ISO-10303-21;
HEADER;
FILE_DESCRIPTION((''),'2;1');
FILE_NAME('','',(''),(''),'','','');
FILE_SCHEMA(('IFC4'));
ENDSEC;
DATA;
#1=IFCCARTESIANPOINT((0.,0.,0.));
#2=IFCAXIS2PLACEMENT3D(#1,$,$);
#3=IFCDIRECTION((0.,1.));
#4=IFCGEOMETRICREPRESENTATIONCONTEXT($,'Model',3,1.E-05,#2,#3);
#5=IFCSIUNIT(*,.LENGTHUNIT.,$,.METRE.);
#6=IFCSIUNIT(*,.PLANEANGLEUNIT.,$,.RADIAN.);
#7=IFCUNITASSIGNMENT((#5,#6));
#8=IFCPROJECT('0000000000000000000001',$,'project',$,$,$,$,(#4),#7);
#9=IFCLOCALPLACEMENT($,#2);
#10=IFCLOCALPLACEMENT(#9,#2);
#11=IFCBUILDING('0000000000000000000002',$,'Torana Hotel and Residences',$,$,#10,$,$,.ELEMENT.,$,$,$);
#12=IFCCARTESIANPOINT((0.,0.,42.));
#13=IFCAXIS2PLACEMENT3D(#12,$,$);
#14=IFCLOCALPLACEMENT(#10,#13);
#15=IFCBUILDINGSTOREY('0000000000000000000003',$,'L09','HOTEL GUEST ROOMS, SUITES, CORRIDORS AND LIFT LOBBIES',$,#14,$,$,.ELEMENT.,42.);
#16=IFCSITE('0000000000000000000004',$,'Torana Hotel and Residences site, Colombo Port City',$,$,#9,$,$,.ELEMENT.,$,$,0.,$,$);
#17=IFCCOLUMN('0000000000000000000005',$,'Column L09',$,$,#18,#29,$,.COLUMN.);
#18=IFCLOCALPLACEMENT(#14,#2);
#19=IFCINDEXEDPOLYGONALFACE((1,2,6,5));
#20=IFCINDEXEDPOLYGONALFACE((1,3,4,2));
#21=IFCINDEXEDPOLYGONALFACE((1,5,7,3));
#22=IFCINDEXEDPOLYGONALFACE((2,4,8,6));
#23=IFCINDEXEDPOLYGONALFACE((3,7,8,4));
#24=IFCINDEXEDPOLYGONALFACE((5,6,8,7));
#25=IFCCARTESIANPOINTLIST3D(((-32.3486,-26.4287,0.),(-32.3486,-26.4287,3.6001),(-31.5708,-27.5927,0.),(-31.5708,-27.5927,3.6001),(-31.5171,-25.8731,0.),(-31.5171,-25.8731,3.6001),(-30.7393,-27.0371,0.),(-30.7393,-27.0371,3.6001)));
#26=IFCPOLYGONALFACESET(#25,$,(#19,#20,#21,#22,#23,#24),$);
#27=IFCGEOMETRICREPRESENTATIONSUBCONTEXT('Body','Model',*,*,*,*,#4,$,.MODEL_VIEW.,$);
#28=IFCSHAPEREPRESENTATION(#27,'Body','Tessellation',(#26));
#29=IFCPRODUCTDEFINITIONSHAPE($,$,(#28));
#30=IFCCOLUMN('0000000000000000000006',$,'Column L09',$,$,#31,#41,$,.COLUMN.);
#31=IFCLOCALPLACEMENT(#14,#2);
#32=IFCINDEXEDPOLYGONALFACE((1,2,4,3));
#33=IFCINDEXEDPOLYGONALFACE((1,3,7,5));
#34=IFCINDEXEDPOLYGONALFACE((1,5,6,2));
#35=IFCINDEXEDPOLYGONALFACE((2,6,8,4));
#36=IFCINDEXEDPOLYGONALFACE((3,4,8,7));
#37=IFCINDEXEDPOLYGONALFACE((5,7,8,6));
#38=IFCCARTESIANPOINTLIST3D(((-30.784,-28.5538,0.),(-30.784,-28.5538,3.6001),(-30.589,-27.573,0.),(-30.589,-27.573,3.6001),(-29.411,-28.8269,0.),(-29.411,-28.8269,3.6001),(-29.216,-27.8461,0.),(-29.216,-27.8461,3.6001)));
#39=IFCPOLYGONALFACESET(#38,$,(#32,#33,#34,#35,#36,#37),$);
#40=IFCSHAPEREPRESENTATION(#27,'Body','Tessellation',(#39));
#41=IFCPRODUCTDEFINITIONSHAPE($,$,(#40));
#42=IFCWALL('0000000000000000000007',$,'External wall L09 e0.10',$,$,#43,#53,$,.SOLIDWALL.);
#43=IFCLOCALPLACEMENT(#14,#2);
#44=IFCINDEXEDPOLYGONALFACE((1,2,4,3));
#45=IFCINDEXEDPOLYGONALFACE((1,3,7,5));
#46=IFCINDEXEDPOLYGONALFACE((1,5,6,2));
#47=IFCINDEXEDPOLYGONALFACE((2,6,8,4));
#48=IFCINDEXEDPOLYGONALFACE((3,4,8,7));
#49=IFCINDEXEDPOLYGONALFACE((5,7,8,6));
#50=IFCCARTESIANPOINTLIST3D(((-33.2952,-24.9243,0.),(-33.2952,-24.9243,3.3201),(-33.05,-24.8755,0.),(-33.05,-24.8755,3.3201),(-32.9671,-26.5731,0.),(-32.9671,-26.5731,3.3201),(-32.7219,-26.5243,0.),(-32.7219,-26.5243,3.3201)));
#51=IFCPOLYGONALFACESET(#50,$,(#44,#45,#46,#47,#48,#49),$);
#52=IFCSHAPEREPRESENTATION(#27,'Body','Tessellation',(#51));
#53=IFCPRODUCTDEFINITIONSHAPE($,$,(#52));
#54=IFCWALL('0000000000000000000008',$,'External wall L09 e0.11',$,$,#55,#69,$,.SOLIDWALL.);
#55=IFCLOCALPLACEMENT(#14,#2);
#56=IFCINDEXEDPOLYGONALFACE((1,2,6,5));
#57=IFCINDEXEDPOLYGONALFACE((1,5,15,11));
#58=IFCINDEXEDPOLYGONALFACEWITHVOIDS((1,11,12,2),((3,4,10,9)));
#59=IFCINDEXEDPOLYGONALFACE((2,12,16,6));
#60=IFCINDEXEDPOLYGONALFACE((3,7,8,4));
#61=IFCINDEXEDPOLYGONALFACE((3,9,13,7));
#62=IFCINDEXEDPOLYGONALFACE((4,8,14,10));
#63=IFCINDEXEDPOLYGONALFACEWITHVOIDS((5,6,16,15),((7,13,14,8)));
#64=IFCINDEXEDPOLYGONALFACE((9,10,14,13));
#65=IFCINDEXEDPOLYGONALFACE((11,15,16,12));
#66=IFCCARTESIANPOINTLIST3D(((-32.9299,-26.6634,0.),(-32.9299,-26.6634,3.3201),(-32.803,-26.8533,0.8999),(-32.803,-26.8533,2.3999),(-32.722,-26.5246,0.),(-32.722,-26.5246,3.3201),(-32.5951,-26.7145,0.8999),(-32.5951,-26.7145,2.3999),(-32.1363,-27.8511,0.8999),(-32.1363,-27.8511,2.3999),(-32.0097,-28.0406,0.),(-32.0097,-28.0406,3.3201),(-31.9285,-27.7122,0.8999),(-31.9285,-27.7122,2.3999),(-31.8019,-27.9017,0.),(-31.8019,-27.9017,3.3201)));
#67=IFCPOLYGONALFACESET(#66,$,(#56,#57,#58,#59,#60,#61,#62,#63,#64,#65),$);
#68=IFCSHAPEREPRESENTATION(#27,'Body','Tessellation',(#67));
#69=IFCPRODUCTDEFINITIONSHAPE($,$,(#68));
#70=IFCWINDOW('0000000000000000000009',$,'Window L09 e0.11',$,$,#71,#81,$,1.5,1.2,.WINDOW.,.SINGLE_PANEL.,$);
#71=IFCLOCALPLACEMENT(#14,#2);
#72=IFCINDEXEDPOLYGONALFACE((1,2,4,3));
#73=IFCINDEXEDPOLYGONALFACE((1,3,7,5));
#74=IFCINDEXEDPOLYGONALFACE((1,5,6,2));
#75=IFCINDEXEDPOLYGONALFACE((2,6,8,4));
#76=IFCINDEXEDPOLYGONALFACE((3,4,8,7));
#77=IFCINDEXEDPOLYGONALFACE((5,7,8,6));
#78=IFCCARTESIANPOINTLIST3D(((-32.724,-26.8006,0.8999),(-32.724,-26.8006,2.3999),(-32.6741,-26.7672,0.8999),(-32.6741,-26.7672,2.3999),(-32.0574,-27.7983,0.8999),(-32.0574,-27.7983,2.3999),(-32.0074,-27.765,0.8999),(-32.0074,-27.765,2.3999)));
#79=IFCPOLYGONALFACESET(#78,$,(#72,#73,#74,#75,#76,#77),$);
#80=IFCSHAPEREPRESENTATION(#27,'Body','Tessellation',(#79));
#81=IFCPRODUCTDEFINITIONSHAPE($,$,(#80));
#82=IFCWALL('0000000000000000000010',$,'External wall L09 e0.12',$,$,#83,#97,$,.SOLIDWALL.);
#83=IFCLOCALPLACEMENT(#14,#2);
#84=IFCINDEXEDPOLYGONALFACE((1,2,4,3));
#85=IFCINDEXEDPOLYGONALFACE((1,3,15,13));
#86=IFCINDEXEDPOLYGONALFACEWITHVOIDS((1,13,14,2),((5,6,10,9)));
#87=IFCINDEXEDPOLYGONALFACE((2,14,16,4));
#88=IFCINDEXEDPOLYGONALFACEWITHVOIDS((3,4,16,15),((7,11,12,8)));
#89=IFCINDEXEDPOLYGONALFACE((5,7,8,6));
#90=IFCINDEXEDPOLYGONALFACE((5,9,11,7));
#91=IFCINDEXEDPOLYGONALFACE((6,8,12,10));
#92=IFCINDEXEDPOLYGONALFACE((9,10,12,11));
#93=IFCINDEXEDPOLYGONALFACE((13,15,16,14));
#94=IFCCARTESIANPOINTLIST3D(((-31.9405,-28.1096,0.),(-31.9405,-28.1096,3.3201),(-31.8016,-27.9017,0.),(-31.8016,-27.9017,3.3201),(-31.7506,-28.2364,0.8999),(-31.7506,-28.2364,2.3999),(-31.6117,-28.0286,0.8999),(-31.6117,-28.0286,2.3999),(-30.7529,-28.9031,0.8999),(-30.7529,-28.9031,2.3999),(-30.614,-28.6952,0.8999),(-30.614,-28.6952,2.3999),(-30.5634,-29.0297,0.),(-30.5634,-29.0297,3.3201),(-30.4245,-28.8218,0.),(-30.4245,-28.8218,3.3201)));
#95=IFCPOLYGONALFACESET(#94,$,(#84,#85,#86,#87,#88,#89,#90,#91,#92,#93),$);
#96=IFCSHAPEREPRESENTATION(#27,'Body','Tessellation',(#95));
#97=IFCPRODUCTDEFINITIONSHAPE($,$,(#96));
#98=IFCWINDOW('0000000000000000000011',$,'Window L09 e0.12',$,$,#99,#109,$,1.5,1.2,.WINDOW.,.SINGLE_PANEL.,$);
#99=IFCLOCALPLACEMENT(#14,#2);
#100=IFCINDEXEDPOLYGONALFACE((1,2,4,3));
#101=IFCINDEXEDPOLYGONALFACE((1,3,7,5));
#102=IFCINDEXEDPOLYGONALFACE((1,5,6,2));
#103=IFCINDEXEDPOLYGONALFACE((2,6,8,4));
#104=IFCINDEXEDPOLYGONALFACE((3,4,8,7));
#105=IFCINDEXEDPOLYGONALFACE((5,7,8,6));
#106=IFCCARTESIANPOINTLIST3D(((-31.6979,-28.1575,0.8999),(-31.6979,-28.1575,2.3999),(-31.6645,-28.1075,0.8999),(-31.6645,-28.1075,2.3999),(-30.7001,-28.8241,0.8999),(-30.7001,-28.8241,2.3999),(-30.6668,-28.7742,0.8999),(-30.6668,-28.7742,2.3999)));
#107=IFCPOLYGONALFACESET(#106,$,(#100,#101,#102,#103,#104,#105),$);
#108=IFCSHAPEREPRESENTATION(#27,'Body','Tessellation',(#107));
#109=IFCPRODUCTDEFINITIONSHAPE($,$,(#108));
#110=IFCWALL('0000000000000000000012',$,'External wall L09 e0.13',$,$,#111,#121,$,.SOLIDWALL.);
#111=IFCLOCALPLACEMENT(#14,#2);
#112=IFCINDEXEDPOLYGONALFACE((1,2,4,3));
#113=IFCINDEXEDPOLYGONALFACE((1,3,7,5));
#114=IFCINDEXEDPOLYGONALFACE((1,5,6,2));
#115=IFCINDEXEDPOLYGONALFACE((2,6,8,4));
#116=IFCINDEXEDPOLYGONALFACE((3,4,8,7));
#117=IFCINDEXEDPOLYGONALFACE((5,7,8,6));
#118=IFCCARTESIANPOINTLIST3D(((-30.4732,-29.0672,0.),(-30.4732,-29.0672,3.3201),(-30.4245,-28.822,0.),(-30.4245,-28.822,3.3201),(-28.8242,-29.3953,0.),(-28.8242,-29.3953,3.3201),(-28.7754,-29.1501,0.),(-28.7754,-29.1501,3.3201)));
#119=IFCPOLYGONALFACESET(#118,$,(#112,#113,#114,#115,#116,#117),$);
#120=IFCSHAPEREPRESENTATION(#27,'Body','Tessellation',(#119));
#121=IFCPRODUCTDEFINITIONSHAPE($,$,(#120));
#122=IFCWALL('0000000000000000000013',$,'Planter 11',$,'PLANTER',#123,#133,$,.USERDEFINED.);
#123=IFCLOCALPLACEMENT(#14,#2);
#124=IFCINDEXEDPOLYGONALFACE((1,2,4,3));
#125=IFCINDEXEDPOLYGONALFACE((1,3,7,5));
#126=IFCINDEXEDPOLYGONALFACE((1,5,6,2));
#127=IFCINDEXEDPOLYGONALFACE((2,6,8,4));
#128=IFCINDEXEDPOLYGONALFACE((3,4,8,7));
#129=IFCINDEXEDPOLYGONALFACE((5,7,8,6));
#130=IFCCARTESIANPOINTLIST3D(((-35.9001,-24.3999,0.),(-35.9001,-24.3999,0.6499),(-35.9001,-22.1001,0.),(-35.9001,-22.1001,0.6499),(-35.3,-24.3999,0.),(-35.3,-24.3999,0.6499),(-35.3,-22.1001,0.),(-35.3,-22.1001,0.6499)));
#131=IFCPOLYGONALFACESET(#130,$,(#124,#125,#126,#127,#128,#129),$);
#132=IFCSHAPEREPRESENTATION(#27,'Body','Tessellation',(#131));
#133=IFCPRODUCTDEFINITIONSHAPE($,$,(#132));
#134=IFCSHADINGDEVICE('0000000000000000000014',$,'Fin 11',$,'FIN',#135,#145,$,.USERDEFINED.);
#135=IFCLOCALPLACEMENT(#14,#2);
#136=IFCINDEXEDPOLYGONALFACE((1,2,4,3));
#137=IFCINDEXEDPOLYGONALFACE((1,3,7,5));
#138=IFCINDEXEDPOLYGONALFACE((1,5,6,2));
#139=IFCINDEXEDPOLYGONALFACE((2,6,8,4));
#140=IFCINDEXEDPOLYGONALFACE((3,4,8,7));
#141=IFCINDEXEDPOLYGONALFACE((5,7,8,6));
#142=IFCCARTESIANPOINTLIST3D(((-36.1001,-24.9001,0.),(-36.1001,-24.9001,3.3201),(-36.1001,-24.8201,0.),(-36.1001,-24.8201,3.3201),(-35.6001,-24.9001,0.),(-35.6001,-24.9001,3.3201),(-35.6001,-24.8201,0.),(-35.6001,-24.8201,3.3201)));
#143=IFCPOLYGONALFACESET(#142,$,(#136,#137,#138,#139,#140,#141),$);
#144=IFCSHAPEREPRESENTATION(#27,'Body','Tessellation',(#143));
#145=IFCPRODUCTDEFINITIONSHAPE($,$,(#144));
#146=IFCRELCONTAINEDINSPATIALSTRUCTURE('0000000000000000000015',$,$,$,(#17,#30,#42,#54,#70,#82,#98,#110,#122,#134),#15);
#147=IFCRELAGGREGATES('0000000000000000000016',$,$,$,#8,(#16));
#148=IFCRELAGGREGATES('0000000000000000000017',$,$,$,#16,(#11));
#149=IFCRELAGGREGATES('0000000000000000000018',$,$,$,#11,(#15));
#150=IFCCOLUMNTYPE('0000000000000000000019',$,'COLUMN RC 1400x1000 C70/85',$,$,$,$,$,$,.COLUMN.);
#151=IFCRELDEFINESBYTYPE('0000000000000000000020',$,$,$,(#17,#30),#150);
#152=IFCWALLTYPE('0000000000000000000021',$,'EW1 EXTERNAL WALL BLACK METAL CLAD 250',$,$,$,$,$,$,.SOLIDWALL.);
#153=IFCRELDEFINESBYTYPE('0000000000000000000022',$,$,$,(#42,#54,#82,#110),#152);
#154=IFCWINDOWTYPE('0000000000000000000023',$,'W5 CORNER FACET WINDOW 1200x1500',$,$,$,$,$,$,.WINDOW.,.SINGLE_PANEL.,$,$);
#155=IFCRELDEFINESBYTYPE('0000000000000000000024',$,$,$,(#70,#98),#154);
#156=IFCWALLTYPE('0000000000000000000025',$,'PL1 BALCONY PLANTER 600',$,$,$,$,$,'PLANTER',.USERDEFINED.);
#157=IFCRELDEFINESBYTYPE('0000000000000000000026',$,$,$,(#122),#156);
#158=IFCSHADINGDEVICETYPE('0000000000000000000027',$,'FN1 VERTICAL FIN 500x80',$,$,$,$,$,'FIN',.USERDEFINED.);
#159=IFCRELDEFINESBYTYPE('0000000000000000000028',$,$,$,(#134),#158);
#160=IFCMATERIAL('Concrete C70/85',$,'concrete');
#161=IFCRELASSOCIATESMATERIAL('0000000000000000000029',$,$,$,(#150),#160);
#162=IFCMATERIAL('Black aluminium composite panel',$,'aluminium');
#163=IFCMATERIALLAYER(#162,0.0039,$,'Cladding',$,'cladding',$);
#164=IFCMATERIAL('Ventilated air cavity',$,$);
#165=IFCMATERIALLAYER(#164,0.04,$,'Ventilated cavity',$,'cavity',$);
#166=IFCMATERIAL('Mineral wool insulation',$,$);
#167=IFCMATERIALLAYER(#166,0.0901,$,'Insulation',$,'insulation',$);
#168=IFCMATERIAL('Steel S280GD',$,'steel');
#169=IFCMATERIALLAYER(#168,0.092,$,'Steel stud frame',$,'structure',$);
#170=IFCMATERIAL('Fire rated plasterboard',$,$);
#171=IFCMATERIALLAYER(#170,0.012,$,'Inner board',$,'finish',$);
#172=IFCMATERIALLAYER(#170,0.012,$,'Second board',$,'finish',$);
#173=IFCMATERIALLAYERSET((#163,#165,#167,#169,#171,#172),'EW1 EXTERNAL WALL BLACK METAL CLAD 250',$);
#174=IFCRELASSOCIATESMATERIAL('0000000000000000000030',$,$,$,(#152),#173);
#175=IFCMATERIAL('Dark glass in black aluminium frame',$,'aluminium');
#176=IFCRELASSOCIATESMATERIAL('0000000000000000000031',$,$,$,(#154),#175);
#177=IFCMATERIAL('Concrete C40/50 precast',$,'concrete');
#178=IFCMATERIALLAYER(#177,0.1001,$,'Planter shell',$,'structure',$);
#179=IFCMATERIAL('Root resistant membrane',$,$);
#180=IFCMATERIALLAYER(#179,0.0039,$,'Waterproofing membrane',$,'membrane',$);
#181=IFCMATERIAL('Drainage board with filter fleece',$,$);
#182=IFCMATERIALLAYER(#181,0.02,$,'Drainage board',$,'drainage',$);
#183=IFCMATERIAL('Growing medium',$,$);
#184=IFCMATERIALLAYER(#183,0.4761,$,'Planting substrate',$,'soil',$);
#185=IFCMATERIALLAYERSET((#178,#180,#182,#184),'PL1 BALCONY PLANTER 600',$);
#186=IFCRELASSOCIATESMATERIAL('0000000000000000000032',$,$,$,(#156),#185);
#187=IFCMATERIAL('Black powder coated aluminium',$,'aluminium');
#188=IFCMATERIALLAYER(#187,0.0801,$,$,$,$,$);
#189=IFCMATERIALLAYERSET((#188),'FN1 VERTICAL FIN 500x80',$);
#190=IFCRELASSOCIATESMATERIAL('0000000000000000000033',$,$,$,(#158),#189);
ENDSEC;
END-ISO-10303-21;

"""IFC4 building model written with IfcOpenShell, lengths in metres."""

from ifc_helpers import new_model, si_unit, direction, frame, frame_2d, origin, origin_2d, place, context, subcontext, project, spatial, rectangle, extrude, material, layer, layer_set, material_profile, profile_set, type_object, element, fill, save


model = new_model("IFC4")

# Units and contexts
model_context = context("Model", 3, precision=1e-05, world=origin(), true_north=direction((0.0, 1.0)))
body_context = subcontext(model_context, "Body", "Model", "MODEL_VIEW")
ifc_project = project(units=[si_unit("LENGTHUNIT", "METRE"), si_unit("PLANEANGLEUNIT", "RADIAN")], contexts=[model_context])

# Site, building, storey
site_placement = place(None, origin())
site = spatial("IfcSite", under=ifc_project, at=site_placement, Name="Torana Hotel and Residences site, Colombo Port City", CompositionType="ELEMENT", RefElevation=0.0)
building_placement = place(site_placement, origin())
building = spatial("IfcBuilding", under=site, at=building_placement, Name="Torana Hotel and Residences", CompositionType="ELEMENT")
storey_placement = place(building_placement, frame((0.0, 0.0, 42.0)))
storey = spatial("IfcBuildingStorey", under=building, at=storey_placement, Name="L09", Description="HOTEL GUEST ROOMS, SUITES, CORRIDORS AND LIFT LOBBIES", CompositionType="ELEMENT", Elevation=42.0)

# Columns
ifc_material_1 = material(Name="Concrete C70/85", Category="concrete")
ifc_material_profile = material_profile(ifc_material_1, rectangle(XDim=1.3999, YDim=1.0, at=origin_2d()), Name="RC 1400x1000")
ifc_profile_set = profile_set([ifc_material_profile], Name="Concrete C70/85")
column_type = type_object("IfcColumnType", Name="COLUMN RC 1400x1000 C70/85", PredefinedType="COLUMN", material=ifc_profile_set)
for number, where, z_axis, x_axis, name in (
    (1, (-31.5439, -26.7329, 0.0), (0.0, 0.0, 1.0), (-0.555585, 0.83146, 0.0), "Column L09"),
    (2, (-30.0, -28.2, 0.0), (0.0, 0.0, 1.0), (-0.980792, 0.195056, 0.0), "Column L09"),
):
    element("IfcColumn", number, at=place(storey_placement, frame(where, z_axis=z_axis, x_axis=x_axis)), inside=storey, type_object=column_type, Name=name, PredefinedType="COLUMN", context=body_context, shape_type="SweptSolid", body=[
        extrude(rectangle(XDim=1.3999, YDim=1.0, at=origin_2d()), origin(), (0.0, 0.0, 1.0), 3.6001),
    ])

# Wall
ifc_material_2 = material(Name="Black aluminium composite panel", Category="aluminium")
ifc_layer_1 = layer(ifc_material_2, 0.0039, Name="Cladding", Category="cladding")
ifc_material_3 = material(Name="Ventilated air cavity")
ifc_layer_2 = layer(ifc_material_3, 0.04, Name="Ventilated cavity", Category="cavity")
ifc_material_4 = material(Name="Mineral wool insulation")
ifc_layer_3 = layer(ifc_material_4, 0.0901, Name="Insulation", Category="insulation")
ifc_material_5 = material(Name="Steel S280GD", Category="steel")
ifc_layer_4 = layer(ifc_material_5, 0.092, Name="Steel stud frame", Category="structure")
ifc_material_6 = material(Name="Fire rated plasterboard")
ifc_layer_5 = layer(ifc_material_6, 0.012, Name="Inner board", Category="finish")
ifc_layer_6 = layer(ifc_material_6, 0.012, Name="Second board", Category="finish")
ifc_layer_set_1 = layer_set([ifc_layer_1, ifc_layer_2, ifc_layer_3, ifc_layer_4, ifc_layer_5, ifc_layer_6], Name="EW1 EXTERNAL WALL BLACK METAL CLAD 250")
wall_type_1 = type_object("IfcWallType", Name="EW1 EXTERNAL WALL BLACK METAL CLAD 250", PredefinedType="SOLIDWALL", material=ifc_layer_set_1)
wall_1_placement = place(storey_placement, frame((-33.1726, -24.8999, 0.0), z_axis=(0.0, 0.0, 1.0), x_axis=(0.195167, -0.98077, 0.0)))
element("IfcWall", 3, at=wall_1_placement, inside=storey, type_object=wall_type_1, Name="External wall L09 e0.10", PredefinedType="SOLIDWALL", context=body_context, shape_type="SweptSolid", body=[
    extrude(rectangle(XDim=1.6812, YDim=0.25, at=frame_2d((0.8406, 0.0))), origin(), (0.0, 0.0, 1.0), 3.3201),
])

# Walls, openings, windows
wall_2_placement = place(storey_placement, frame((-32.8259, -26.594, 0.0), z_axis=(0.0, 0.0, 1.0), x_axis=(0.55555, -0.831483, 0.0)))
wall_2 = element("IfcWall", 4, at=wall_2_placement, inside=storey, type_object=wall_type_1, Name="External wall L09 e0.11", PredefinedType="SOLIDWALL", context=body_context, shape_type="SweptSolid", body=[
    extrude(rectangle(XDim=1.6562, YDim=0.25, at=frame_2d((0.8281, 0.0))), origin(), (0.0, 0.0, 1.0), 3.3201),
])
opening_1_placement = place(wall_2_placement, frame((0.2283, 0.0, 0.8999)))
opening_1 = element("IfcOpeningElement", 5, at=opening_1_placement, cuts=wall_2, PredefinedType="OPENING", context=body_context, shape_type="SweptSolid", body=[
    extrude(rectangle(XDim=1.2, YDim=1.5, at=frame_2d((0.6001, 0.75))), frame((0.0, 0.135, 0.0), z_axis=(0.0, -1.0, 0.0), x_axis=(1.0, 0.0, 0.0)), (0.0, 0.0, 1.0), 0.27),
])
ifc_material_7 = material(Name="Dark glass in black aluminium frame", Category="aluminium")
window_type = type_object("IfcWindowType", Name="W5 CORNER FACET WINDOW 1200x1500", PartitioningType="SINGLE_PANEL", PredefinedType="WINDOW", material=ifc_material_7)
window_1_placement = place(opening_1_placement, origin())
window_1 = element("IfcWindow", 6, at=window_1_placement, inside=storey, type_object=window_type, Name="Window L09 e0.11", OverallHeight=1.5, OverallWidth=1.2, PartitioningType="SINGLE_PANEL", PredefinedType="WINDOW", context=body_context, shape_type="SweptSolid", body=[
    extrude(rectangle(XDim=1.2, YDim=1.5, at=frame_2d((0.6001, 0.75))), frame((0.0, 0.03, 0.0), z_axis=(0.0, -1.0, 0.0), x_axis=(1.0, 0.0, 0.0)), (0.0, 0.0, 1.0), 0.0601),
])
fill(opening_1, window_1)
wall_3_placement = place(storey_placement, frame((-31.8711, -28.0056, 0.0), z_axis=(0.0, 0.0, 1.0), x_axis=(0.831483, -0.55555, 0.0)))
wall_3 = element("IfcWall", 7, at=wall_3_placement, inside=storey, type_object=wall_type_1, Name="External wall L09 e0.12", PredefinedType="SOLIDWALL", context=body_context, shape_type="SweptSolid", body=[
    extrude(rectangle(XDim=1.6562, YDim=0.25, at=frame_2d((0.8281, 0.0))), origin(), (0.0, 0.0, 1.0), 3.3201),
])
opening_2_placement = place(wall_3_placement, frame((0.2283, 0.0, 0.8999)))
opening_2 = element("IfcOpeningElement", 8, at=opening_2_placement, cuts=wall_3, PredefinedType="OPENING", context=body_context, shape_type="SweptSolid", body=[
    extrude(rectangle(XDim=1.2, YDim=1.5, at=frame_2d((0.6001, 0.75))), frame((0.0, 0.135, 0.0), z_axis=(0.0, -1.0, 0.0), x_axis=(1.0, 0.0, 0.0)), (0.0, 0.0, 1.0), 0.27),
])
window_2_placement = place(opening_2_placement, origin())
window_2 = element("IfcWindow", 9, at=window_2_placement, inside=storey, type_object=window_type, Name="Window L09 e0.12", OverallHeight=1.5, OverallWidth=1.2, PartitioningType="SINGLE_PANEL", PredefinedType="WINDOW", context=body_context, shape_type="SweptSolid", body=[
    extrude(rectangle(XDim=1.2, YDim=1.5, at=frame_2d((0.6001, 0.75))), frame((0.0, 0.03, 0.0), z_axis=(0.0, -1.0, 0.0), x_axis=(1.0, 0.0, 0.0)), (0.0, 0.0, 1.0), 0.0601),
])
fill(opening_2, window_2)

# Walls
wall_4_placement = place(storey_placement, frame((-30.449, -28.9446, 0.0), z_axis=(0.0, 0.0, 1.0), x_axis=(0.980776, -0.195139, 0.0)))
element("IfcWall", 10, at=wall_4_placement, inside=storey, type_object=wall_type_1, Name="External wall L09 e0.13", PredefinedType="SOLIDWALL", context=body_context, shape_type="SweptSolid", body=[
    extrude(rectangle(XDim=1.6814, YDim=0.25, at=frame_2d((0.8408, 0.0))), origin(), (0.0, 0.0, 1.0), 3.3201),
])
ifc_material_8 = material(Name="Concrete C40/50 precast", Category="concrete")
ifc_layer_7 = layer(ifc_material_8, 0.1001, Name="Planter shell", Category="structure")
ifc_material_9 = material(Name="Root resistant membrane")
ifc_layer_8 = layer(ifc_material_9, 0.0039, Name="Waterproofing membrane", Category="membrane")
ifc_material_10 = material(Name="Drainage board with filter fleece")
ifc_layer_9 = layer(ifc_material_10, 0.02, Name="Drainage board", Category="drainage")
ifc_material_11 = material(Name="Growing medium")
ifc_layer_10 = layer(ifc_material_11, 0.4761, Name="Planting substrate", Category="soil")
ifc_layer_set_2 = layer_set([ifc_layer_7, ifc_layer_8, ifc_layer_9, ifc_layer_10], Name="PL1 BALCONY PLANTER 600")
wall_type_2 = type_object("IfcWallType", Name="PL1 BALCONY PLANTER 600", ElementType="PLANTER", PredefinedType="USERDEFINED", material=ifc_layer_set_2)
wall_5_placement = place(storey_placement, frame((-35.6001, -24.3999, 0.0), z_axis=(0.0, 0.0, 1.0), x_axis=(0.0, 1.0, 0.0)))
element("IfcWall", 11, at=wall_5_placement, inside=storey, type_object=wall_type_2, Name="Planter 11", ObjectType="PLANTER", PredefinedType="USERDEFINED", context=body_context, shape_type="SweptSolid", body=[
    extrude(rectangle(XDim=2.2998, YDim=0.6001, at=frame_2d((1.1499, 0.0))), origin(), (0.0, 0.0, 1.0), 0.6499),
])

# Shading device
ifc_material_12 = material(Name="Black powder coated aluminium", Category="aluminium")
ifc_layer_11 = layer(ifc_material_12, 0.0801)
ifc_layer_set_3 = layer_set([ifc_layer_11], Name="FN1 VERTICAL FIN 500x80")
shading_device_type = type_object("IfcShadingDeviceType", Name="FN1 VERTICAL FIN 500x80", ElementType="FIN", PredefinedType="USERDEFINED", material=ifc_layer_set_3)
shading_device_placement = place(storey_placement, frame((-35.8501, -24.8601, 0.0), z_axis=(0.0, 0.0, 1.0), x_axis=(0.0, 1.0, 0.0)))
element("IfcShadingDevice", 12, at=shading_device_placement, inside=storey, type_object=shading_device_type, Name="Fin 11", ObjectType="FIN", PredefinedType="USERDEFINED", context=body_context, shape_type="SweptSolid", body=[
    extrude(rectangle(XDim=0.0801, YDim=0.5, at=origin_2d()), origin(), (0.0, 0.0, 1.0), 3.3201),
])

save(model, "model.ifc")
